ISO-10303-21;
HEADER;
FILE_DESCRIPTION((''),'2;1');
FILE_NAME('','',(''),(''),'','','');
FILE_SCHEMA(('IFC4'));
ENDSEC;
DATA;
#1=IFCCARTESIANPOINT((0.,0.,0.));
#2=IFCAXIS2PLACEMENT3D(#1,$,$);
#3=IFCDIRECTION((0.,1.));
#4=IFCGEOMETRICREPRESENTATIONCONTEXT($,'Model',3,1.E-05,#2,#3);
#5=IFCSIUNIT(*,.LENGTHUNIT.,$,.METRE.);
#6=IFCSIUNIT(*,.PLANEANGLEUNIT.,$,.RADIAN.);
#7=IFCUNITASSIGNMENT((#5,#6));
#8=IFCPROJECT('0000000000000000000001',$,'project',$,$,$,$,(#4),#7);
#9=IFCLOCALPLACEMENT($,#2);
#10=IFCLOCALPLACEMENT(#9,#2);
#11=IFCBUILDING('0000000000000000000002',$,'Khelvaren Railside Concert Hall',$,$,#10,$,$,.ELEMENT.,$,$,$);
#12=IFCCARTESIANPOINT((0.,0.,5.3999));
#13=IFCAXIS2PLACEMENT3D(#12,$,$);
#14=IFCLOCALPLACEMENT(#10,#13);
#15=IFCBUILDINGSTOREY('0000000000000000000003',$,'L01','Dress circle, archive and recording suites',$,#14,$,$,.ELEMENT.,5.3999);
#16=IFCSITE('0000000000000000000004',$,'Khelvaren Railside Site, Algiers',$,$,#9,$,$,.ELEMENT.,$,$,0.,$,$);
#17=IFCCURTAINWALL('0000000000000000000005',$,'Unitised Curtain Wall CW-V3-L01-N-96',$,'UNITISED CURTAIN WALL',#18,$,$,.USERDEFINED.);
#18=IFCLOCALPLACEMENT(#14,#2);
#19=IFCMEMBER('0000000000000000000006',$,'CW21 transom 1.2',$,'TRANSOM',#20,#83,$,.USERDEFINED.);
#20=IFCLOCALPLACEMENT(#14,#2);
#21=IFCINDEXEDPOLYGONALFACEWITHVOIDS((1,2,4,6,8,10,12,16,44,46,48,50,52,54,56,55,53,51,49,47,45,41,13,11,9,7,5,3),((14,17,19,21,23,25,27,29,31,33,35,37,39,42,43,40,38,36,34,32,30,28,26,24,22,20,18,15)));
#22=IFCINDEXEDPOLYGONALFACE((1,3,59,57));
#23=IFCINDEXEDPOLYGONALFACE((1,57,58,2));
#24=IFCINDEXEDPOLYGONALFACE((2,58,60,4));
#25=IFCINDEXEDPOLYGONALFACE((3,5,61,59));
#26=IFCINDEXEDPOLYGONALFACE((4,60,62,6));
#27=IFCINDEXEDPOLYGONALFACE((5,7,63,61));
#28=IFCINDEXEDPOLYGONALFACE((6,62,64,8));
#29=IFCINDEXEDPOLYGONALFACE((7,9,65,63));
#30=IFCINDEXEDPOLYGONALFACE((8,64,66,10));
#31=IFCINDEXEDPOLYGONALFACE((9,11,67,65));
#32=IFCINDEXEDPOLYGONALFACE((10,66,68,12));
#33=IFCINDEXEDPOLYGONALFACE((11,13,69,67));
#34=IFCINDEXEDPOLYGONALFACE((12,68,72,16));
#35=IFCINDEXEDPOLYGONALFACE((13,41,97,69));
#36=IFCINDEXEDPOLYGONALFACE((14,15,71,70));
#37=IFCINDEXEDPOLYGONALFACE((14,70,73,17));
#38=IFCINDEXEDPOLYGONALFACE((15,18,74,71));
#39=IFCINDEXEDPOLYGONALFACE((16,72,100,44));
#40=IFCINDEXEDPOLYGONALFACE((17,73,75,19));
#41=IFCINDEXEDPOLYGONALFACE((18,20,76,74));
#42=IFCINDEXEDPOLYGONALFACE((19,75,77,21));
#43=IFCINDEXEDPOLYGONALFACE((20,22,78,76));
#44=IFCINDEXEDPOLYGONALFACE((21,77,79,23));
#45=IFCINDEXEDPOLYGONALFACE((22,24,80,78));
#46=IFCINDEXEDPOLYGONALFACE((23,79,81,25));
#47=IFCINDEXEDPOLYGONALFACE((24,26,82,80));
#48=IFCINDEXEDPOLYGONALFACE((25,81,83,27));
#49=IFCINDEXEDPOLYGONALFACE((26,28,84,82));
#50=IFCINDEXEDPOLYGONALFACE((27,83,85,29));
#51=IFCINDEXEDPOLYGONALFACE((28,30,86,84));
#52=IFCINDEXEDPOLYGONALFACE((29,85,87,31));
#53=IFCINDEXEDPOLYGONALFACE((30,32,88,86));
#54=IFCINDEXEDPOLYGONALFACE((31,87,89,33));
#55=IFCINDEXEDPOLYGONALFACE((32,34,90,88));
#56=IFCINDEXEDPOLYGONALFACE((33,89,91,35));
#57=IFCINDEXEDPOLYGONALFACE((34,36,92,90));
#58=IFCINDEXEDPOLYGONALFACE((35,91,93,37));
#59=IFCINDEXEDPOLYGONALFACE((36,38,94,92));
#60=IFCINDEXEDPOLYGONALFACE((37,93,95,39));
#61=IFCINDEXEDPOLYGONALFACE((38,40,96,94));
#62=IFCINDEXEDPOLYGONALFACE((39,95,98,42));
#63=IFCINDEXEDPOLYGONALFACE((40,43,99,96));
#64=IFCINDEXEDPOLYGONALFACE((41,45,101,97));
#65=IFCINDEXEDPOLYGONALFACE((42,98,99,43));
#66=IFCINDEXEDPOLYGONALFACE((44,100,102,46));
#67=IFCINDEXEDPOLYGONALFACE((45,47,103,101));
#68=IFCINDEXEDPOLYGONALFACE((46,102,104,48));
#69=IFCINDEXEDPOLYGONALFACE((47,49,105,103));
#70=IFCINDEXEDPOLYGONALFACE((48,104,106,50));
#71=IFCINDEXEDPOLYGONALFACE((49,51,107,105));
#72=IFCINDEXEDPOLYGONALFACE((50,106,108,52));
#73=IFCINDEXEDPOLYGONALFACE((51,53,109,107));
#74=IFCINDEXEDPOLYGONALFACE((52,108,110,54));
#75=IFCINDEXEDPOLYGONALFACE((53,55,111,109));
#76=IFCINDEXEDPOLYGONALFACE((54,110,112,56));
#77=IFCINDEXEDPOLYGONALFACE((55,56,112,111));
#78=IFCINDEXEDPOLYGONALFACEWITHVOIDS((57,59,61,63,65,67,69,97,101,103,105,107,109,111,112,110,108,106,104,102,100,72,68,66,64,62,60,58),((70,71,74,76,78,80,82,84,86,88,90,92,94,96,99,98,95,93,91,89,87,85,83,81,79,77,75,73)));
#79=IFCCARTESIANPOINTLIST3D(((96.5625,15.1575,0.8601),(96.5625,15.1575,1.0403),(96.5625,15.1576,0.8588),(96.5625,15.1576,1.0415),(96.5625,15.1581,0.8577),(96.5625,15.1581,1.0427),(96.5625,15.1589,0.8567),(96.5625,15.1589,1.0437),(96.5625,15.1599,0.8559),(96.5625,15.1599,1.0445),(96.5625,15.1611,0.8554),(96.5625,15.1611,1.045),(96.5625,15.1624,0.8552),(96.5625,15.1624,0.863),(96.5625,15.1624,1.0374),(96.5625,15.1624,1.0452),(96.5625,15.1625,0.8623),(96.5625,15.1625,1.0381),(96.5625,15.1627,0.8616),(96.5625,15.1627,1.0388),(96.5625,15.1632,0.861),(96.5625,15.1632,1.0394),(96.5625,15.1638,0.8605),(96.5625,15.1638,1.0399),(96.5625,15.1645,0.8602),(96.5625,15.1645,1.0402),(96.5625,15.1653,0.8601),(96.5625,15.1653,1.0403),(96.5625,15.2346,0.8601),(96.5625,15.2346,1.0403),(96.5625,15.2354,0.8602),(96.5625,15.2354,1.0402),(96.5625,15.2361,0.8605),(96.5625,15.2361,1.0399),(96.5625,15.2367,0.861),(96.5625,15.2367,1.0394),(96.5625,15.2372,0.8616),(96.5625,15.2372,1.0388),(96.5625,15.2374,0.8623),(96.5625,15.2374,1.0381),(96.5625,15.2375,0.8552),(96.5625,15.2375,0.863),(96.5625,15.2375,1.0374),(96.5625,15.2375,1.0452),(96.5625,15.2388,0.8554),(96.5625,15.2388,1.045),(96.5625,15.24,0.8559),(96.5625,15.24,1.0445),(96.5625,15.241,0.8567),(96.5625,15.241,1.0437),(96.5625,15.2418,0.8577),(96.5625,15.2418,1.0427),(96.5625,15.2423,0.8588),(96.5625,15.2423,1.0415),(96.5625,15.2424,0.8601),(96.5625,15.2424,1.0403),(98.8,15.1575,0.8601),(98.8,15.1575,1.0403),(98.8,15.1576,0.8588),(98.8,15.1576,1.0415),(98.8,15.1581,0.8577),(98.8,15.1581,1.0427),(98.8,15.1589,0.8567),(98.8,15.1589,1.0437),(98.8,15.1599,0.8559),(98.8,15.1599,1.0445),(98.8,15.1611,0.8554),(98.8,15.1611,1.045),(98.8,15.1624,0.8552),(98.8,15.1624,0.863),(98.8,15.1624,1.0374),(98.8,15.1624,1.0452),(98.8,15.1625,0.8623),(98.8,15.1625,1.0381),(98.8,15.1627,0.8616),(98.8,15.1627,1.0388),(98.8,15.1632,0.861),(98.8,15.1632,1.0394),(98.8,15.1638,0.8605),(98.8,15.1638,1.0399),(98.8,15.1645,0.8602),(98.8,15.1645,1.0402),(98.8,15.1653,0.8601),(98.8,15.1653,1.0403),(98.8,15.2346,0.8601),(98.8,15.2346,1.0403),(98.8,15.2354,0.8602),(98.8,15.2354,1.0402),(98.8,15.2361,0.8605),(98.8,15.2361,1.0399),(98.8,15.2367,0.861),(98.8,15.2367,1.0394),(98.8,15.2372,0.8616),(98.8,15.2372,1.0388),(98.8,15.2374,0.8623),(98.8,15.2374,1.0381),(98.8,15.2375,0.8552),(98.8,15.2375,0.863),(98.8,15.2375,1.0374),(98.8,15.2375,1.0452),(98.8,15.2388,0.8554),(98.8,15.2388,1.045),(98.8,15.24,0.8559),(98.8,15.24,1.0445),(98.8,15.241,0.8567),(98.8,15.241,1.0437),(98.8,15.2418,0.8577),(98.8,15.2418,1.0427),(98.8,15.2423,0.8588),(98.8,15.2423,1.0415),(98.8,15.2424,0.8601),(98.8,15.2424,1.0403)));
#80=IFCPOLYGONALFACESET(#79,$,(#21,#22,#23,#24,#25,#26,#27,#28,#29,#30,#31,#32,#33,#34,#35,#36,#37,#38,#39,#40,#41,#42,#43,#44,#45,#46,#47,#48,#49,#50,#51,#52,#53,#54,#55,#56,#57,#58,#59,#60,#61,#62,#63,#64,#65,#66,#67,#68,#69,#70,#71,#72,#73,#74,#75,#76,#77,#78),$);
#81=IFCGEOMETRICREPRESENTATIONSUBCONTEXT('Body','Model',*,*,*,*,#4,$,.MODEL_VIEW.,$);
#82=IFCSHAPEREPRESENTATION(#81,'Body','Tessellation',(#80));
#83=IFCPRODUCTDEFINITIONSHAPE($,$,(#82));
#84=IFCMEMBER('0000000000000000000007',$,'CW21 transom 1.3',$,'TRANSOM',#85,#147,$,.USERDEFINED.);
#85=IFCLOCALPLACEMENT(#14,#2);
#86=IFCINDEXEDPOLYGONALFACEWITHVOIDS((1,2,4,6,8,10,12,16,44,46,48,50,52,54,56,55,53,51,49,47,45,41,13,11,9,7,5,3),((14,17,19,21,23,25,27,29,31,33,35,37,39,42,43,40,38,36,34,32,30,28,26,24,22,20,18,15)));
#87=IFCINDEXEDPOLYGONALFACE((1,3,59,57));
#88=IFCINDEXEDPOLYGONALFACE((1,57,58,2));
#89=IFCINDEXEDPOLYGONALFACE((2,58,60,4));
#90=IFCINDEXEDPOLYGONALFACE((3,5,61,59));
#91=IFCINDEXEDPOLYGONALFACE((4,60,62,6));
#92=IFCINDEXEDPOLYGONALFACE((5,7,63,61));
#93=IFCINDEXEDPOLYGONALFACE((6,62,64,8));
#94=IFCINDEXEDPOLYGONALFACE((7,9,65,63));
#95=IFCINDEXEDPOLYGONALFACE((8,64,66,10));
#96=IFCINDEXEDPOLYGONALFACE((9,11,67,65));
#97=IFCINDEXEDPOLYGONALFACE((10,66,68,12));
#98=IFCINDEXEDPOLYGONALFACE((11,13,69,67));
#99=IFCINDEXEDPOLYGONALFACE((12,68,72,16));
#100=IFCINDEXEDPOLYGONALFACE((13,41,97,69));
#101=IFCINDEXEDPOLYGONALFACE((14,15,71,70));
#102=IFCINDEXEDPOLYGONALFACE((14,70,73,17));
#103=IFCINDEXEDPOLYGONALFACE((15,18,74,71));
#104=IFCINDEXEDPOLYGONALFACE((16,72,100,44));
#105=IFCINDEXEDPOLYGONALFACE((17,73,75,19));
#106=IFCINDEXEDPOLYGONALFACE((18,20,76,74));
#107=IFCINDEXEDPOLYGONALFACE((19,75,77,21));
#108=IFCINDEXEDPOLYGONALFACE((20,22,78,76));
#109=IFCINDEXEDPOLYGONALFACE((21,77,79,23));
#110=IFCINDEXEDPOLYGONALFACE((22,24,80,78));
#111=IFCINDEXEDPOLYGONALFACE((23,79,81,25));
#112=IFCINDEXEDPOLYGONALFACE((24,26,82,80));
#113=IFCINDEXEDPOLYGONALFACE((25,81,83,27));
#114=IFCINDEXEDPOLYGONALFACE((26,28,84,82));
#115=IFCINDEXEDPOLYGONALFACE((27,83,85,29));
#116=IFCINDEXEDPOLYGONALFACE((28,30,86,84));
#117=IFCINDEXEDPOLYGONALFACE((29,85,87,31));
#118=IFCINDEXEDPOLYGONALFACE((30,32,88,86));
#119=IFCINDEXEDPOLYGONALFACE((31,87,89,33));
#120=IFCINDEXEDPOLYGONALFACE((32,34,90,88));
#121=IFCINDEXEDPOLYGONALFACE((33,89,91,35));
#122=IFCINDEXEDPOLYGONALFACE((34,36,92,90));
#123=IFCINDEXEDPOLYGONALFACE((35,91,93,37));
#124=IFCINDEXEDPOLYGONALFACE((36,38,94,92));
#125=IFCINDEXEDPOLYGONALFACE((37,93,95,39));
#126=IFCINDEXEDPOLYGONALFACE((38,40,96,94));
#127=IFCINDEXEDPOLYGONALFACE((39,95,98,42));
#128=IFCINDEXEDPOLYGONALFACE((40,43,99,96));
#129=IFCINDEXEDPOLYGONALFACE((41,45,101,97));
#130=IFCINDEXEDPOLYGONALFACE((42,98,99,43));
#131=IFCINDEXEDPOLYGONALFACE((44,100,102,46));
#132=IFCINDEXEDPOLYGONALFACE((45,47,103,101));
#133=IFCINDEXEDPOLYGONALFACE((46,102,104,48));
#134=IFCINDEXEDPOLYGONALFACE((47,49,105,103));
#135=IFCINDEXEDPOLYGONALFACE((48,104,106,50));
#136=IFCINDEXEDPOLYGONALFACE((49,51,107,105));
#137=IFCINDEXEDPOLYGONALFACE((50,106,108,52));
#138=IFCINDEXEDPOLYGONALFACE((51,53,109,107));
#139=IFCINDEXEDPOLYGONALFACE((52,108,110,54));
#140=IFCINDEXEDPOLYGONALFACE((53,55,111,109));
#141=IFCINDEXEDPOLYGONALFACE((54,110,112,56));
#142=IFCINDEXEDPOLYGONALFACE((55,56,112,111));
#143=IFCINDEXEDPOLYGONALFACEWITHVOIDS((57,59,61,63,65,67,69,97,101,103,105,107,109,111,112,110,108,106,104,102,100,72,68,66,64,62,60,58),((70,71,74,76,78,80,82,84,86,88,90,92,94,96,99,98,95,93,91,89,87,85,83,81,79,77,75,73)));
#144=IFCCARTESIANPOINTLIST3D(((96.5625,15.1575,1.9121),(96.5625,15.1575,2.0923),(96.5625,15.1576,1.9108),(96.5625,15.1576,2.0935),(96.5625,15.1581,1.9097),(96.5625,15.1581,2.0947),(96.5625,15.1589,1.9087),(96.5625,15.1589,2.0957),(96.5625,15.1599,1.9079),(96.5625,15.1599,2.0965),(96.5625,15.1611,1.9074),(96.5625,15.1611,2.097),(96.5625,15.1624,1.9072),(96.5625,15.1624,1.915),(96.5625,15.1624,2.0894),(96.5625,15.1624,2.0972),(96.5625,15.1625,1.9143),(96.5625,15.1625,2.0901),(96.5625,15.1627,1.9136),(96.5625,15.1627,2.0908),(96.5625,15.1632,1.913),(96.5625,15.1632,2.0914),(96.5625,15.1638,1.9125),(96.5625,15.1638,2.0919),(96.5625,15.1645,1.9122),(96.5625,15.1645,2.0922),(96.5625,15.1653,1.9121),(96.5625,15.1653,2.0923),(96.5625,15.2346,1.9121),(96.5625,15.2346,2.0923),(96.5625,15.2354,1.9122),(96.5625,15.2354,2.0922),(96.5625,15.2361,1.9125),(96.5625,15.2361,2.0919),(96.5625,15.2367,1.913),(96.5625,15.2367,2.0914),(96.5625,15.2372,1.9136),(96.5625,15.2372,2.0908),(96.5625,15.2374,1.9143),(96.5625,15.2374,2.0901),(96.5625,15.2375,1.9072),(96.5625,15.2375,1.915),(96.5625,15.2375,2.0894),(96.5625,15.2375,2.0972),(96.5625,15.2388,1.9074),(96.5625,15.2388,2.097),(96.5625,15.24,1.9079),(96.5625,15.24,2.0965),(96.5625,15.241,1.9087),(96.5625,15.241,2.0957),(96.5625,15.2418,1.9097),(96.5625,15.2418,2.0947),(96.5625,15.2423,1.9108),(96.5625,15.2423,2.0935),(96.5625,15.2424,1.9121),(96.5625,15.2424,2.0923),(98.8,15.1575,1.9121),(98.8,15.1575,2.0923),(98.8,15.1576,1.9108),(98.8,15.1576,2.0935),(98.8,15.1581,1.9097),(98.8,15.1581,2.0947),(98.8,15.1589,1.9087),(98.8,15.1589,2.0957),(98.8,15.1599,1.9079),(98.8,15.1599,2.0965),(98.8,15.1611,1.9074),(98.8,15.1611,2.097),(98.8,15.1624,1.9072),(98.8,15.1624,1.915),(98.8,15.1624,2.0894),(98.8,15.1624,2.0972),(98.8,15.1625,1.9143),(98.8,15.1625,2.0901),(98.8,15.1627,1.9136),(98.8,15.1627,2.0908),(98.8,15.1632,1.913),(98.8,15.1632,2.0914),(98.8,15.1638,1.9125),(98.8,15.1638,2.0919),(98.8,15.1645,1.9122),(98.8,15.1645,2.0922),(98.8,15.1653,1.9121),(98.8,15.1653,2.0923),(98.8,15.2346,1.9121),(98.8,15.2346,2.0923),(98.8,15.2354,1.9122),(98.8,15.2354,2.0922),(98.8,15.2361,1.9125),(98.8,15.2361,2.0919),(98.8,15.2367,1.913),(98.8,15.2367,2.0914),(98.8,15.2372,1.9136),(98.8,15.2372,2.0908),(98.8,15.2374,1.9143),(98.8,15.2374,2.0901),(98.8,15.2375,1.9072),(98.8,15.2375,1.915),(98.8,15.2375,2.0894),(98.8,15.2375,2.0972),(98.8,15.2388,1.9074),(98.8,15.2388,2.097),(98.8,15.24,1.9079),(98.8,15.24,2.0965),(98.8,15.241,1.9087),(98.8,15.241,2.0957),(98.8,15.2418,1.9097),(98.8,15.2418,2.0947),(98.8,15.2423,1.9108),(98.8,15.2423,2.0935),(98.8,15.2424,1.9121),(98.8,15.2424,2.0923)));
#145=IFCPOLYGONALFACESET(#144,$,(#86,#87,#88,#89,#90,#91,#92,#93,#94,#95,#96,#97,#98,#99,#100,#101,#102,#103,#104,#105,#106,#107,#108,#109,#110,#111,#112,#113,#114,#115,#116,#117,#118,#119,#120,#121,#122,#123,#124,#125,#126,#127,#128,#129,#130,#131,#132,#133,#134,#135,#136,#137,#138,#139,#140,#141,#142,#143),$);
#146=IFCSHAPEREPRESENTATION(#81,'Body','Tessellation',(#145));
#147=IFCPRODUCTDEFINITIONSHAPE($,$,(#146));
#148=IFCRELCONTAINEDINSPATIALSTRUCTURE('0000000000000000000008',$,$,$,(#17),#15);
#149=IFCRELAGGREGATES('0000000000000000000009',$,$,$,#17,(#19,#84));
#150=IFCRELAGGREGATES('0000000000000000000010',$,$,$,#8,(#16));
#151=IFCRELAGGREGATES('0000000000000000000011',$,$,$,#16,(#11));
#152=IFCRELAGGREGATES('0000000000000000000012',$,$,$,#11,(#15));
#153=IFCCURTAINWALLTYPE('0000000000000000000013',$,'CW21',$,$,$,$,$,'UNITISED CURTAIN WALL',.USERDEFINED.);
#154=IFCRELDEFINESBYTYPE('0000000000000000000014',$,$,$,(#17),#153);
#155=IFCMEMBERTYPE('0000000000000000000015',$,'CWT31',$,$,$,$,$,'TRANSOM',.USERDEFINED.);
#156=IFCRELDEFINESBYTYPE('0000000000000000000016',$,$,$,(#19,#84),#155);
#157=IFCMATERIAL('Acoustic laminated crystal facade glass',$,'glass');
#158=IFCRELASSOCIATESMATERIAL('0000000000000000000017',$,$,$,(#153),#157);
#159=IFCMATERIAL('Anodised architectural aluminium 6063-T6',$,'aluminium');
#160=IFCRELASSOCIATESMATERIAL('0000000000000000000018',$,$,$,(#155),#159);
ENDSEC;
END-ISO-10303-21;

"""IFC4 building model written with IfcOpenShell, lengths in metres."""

from ifc_helpers import new_model, si_unit, direction, frame, origin, origin_2d, place, context, subcontext, project, spatial, hollow_rectangle, extrude, material, material_profile, profile_set, type_object, element, aggregate, save


model = new_model("IFC4")

# Units and contexts
model_context = context("Model", 3, precision=1e-05, world=origin(), true_north=direction((0.0, 1.0)))
body_context = subcontext(model_context, "Body", "Model", "MODEL_VIEW")
ifc_project = project(units=[si_unit("LENGTHUNIT", "METRE"), si_unit("PLANEANGLEUNIT", "RADIAN")], contexts=[model_context])

# Site, building, storey
site_placement = place(None, origin())
site = spatial("IfcSite", under=ifc_project, at=site_placement, Name="Khelvaren Railside Site, Algiers", CompositionType="ELEMENT", RefElevation=0.0)
building_placement = place(site_placement, origin())
building = spatial("IfcBuilding", under=site, at=building_placement, Name="Khelvaren Railside Concert Hall", CompositionType="ELEMENT")
storey_placement = place(building_placement, frame((0.0, 0.0, 5.3999)))
storey = spatial("IfcBuildingStorey", under=building, at=storey_placement, Name="L01", Description="Dress circle, archive and recording suites", CompositionType="ELEMENT", Elevation=5.3999)

# Curtain wall
ifc_material_1 = material(Name="Acoustic laminated crystal facade glass", Category="glass")
ifc_material_2 = material(Name="Anodised architectural aluminium 6063-T6", Category="aluminium")
curtain_wall_type_1 = type_object("IfcCurtainWallType", Name="CW21", ElementType="UNITISED CURTAIN WALL", PredefinedType="USERDEFINED", material=ifc_material_1)
curtain_wall_1_placement = place(storey_placement, origin())
curtain_wall_1 = element("IfcCurtainWall", 1, at=curtain_wall_1_placement, inside=storey, type_object=curtain_wall_type_1, Name="Unitised Curtain Wall CW-V3-L01-N-96", ObjectType="UNITISED CURTAIN WALL", PredefinedType="USERDEFINED")

# Members
ifc_material_profile_1 = material_profile(ifc_material_2, hollow_rectangle(XDim=0.085, YDim=0.1899, WallThickness=0.0049, InnerFilletRadius=0.0029, OuterFilletRadius=0.0049, at=origin_2d()), Name="CWT 85x190x5")
ifc_profile_set_1 = profile_set([ifc_material_profile_1], Name="Anodised architectural aluminium 6063-T6")
member_type_1 = type_object("IfcMemberType", Name="CWT31", ElementType="TRANSOM", PredefinedType="USERDEFINED", material=ifc_profile_set_1)
member_1_placement = place(storey_placement, frame((96.5625, 15.2, 0.9502), z_axis=(1.0, 0.0, 0.0), x_axis=(0.0, 1.0, 0.0)))
member_1 = element("IfcMember", 2, at=member_1_placement, type_object=member_type_1, Name="CW21 transom 1.2", ObjectType="TRANSOM", PredefinedType="USERDEFINED", context=body_context, shape_type="SweptSolid", body=[
    extrude(hollow_rectangle(XDim=0.085, YDim=0.1899, WallThickness=0.0049, InnerFilletRadius=0.0029, OuterFilletRadius=0.0049, at=origin_2d()), origin(), (0.0, 0.0, 1.0), 2.2375),
])
member_2_placement = place(storey_placement, frame((96.5625, 15.2, 2.0022), z_axis=(1.0, 0.0, 0.0), x_axis=(0.0, 1.0, 0.0)))
member_2 = element("IfcMember", 3, at=member_2_placement, type_object=member_type_1, Name="CW21 transom 1.3", ObjectType="TRANSOM", PredefinedType="USERDEFINED", context=body_context, shape_type="SweptSolid", body=[
    extrude(hollow_rectangle(XDim=0.085, YDim=0.1899, WallThickness=0.0049, InnerFilletRadius=0.0029, OuterFilletRadius=0.0049, at=origin_2d()), origin(), (0.0, 0.0, 1.0), 2.2375),
])

aggregate(curtain_wall_1, [member_1, member_2])

save(model, "model.ifc")
